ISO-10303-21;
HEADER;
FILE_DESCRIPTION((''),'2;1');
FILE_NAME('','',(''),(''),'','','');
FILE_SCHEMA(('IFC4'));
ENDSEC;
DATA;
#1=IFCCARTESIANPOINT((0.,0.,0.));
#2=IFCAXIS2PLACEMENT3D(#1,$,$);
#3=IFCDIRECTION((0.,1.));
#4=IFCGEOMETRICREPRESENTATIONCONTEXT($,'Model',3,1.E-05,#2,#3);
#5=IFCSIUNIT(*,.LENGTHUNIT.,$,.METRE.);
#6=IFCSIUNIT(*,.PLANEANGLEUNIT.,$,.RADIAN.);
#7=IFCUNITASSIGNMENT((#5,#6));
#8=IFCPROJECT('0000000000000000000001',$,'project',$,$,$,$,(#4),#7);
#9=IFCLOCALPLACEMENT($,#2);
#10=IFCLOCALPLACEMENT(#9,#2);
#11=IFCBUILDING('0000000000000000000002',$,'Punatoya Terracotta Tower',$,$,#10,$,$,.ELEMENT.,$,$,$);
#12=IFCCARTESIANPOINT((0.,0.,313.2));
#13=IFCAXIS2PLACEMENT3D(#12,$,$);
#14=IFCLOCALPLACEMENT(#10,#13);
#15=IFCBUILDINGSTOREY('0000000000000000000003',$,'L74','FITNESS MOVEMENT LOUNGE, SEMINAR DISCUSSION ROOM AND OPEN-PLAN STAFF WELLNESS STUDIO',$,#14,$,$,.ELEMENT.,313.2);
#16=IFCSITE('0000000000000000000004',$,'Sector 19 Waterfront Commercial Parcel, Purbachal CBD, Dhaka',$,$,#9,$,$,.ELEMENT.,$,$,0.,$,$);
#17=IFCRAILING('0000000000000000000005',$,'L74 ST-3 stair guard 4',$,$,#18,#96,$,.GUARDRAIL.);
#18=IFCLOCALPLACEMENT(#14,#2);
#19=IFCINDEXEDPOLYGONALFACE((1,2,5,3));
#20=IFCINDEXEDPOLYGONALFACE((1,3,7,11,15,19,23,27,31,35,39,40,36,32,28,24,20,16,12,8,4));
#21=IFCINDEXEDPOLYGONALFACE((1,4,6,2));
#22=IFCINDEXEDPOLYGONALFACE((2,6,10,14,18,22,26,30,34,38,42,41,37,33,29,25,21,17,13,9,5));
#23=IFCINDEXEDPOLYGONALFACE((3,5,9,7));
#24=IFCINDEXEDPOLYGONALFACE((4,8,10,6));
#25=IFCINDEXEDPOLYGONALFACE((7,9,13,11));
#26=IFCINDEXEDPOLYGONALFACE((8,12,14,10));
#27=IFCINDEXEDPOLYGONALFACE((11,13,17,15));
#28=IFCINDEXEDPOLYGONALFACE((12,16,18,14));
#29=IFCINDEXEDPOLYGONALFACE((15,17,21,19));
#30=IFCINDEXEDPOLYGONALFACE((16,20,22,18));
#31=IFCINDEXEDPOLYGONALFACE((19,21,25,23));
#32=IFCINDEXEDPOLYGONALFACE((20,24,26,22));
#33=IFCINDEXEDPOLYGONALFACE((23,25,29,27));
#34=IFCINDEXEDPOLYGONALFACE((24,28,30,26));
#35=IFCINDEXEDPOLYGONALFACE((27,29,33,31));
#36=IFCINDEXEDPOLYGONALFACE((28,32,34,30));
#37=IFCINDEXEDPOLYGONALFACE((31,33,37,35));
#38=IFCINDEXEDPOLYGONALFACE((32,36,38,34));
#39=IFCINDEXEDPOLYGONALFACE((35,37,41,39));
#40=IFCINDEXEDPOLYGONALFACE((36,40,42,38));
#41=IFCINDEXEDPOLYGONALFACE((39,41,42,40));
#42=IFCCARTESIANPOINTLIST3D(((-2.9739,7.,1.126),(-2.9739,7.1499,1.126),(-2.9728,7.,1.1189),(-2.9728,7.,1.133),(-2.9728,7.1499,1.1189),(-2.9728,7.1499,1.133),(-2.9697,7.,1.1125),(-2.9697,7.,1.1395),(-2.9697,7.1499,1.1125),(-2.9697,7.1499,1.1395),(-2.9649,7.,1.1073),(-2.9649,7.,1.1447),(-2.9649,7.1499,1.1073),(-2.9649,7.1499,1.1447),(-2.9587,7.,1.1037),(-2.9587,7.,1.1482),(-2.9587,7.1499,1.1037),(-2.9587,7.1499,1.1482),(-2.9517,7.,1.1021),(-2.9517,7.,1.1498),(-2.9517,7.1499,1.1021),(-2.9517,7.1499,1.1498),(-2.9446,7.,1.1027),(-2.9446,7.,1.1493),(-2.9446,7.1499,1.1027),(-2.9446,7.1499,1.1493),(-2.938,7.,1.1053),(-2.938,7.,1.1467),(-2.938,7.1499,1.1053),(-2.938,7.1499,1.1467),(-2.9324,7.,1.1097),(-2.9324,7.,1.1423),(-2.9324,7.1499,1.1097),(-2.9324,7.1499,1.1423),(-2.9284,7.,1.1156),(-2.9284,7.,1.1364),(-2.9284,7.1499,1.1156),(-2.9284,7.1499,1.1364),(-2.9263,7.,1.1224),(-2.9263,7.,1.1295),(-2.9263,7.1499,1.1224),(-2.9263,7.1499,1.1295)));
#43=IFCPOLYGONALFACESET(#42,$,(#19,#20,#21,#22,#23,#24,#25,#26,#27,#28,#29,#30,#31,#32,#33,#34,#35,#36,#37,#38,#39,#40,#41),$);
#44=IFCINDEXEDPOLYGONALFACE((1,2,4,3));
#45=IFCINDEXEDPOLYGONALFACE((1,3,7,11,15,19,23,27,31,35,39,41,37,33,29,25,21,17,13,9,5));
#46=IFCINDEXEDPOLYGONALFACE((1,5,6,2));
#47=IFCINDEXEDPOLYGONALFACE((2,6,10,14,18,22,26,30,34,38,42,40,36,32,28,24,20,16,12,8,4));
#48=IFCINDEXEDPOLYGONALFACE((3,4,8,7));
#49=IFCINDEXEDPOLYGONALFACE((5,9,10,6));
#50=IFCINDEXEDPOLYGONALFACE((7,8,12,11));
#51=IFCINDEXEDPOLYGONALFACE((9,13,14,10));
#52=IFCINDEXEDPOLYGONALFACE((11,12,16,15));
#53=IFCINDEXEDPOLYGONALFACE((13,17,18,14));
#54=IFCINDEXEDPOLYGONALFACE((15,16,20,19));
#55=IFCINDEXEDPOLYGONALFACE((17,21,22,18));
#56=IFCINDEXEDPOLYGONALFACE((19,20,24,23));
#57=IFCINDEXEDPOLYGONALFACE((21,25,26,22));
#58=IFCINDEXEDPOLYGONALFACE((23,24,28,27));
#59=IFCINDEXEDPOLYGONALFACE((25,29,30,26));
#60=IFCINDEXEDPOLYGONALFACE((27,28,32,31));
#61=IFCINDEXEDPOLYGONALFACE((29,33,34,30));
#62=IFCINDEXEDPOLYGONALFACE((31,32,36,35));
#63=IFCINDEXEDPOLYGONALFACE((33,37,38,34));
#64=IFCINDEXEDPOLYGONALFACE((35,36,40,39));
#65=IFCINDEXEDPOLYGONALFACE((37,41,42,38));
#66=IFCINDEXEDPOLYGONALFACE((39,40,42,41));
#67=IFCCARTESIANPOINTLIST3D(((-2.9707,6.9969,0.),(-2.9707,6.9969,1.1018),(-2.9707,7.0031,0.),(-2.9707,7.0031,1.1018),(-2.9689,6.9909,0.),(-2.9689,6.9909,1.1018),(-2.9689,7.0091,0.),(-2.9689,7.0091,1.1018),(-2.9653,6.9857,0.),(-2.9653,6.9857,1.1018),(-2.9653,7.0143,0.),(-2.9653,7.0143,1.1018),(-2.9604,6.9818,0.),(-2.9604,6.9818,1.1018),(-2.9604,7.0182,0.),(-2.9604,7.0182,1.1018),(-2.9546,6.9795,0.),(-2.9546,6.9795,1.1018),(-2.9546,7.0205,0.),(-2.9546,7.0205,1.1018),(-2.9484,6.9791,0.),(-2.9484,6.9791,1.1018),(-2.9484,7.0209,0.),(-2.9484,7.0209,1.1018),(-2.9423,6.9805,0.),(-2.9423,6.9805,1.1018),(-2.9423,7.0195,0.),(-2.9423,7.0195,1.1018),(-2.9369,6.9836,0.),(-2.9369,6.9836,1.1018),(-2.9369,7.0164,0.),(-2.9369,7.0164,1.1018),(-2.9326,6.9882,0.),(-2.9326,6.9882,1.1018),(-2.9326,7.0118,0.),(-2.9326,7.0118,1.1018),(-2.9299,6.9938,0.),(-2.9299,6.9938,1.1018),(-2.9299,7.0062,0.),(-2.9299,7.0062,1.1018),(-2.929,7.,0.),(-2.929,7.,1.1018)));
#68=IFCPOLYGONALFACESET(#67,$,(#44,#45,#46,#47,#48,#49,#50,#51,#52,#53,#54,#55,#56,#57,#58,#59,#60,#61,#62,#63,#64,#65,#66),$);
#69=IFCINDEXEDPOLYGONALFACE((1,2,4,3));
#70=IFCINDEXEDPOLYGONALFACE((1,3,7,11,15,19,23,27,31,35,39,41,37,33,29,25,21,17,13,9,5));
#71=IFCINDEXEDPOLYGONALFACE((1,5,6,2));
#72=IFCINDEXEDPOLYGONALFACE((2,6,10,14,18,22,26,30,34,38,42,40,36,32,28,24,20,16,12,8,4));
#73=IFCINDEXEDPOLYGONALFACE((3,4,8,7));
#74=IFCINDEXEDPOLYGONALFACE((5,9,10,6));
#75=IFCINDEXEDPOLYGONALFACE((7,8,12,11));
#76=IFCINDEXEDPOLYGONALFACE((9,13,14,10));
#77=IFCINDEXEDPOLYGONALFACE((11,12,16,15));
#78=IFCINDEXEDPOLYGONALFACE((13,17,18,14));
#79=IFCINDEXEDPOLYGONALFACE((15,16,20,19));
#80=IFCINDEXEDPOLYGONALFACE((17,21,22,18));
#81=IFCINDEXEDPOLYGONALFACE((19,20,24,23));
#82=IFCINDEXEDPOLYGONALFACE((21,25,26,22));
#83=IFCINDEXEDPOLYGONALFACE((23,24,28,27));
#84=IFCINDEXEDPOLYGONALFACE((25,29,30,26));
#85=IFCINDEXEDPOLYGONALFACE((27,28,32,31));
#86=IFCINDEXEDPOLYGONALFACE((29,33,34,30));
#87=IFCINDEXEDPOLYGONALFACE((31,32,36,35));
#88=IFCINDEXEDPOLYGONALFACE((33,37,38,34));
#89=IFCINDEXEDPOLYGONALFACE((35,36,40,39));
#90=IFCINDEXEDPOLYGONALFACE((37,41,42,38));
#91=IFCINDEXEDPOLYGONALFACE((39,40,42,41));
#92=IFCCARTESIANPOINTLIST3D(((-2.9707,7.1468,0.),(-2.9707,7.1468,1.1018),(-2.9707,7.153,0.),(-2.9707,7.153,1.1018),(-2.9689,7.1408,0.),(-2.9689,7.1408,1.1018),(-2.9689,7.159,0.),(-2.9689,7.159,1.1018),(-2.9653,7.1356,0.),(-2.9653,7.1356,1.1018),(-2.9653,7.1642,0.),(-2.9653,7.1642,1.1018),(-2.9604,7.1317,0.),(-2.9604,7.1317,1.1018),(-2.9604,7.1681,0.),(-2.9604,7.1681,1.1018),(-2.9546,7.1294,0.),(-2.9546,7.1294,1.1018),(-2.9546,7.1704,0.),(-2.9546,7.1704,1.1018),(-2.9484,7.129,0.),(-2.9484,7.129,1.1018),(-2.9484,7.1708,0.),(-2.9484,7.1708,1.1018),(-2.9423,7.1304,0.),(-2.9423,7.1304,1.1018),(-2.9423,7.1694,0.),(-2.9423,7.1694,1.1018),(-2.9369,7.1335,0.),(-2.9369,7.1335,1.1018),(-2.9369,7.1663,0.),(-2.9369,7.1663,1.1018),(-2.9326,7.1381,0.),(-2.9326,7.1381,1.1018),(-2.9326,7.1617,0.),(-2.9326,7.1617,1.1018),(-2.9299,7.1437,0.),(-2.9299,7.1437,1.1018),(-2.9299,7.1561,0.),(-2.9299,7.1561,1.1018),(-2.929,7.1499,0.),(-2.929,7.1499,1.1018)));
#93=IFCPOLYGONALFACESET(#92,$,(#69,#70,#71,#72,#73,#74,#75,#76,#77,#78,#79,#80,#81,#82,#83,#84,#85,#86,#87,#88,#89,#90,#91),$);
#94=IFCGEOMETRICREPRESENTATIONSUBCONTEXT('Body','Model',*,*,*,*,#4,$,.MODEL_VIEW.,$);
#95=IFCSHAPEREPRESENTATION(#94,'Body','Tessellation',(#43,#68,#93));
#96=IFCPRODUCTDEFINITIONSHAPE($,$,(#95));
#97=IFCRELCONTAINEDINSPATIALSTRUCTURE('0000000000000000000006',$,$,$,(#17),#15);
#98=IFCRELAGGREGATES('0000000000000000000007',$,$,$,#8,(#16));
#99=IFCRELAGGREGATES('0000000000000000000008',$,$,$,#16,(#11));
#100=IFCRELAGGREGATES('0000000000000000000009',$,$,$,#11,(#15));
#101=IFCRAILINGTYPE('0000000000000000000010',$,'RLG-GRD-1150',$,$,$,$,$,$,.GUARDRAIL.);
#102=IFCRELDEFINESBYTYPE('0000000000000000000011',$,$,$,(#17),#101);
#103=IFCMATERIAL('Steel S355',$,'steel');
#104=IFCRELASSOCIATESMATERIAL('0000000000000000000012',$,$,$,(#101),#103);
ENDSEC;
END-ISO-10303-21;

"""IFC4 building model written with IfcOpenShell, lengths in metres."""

from ifc_helpers import new_model, si_unit, direction, frame, origin, origin_2d, place, context, subcontext, project, spatial, circle, extrude, material, type_object, element, save


model = new_model("IFC4")

# Units and contexts
model_context = context("Model", 3, precision=1e-05, world=origin(), true_north=direction((0.0, 1.0)))
body_context = subcontext(model_context, "Body", "Model", "MODEL_VIEW")
ifc_project = project(units=[si_unit("LENGTHUNIT", "METRE"), si_unit("PLANEANGLEUNIT", "RADIAN")], contexts=[model_context])

# Site, building, storey
site_placement = place(None, origin())
site = spatial("IfcSite", under=ifc_project, at=site_placement, Name="Sector 19 Waterfront Commercial Parcel, Purbachal CBD, Dhaka", CompositionType="ELEMENT", RefElevation=0.0)
building_placement = place(site_placement, origin())
building = spatial("IfcBuilding", under=site, at=building_placement, Name="Punatoya Terracotta Tower", CompositionType="ELEMENT")
storey_placement = place(building_placement, frame((0.0, 0.0, 313.2)))
storey = spatial("IfcBuildingStorey", under=building, at=storey_placement, Name="L74", Description="FITNESS MOVEMENT LOUNGE, SEMINAR DISCUSSION ROOM AND OPEN-PLAN STAFF WELLNESS STUDIO", CompositionType="ELEMENT", Elevation=313.2)

# Shared definitions
ifc_material_1 = material(Name="Steel S355", Category="steel")

# Railing
railing_type_1 = type_object("IfcRailingType", Name="RLG-GRD-1150", PredefinedType="GUARDRAIL", material=ifc_material_1)
railing_1_placement = place(storey_placement, frame((-2.95, 7.0, 0.0)))
element("IfcRailing", 1, at=railing_1_placement, inside=storey, type_object=railing_type_1, Name="L74 ST-3 stair guard 4", PredefinedType="GUARDRAIL", context=body_context, shape_type="SweptSolid", body=[
    extrude(circle(Radius=0.0239, at=origin_2d()), frame((0.0, 0.0, 1.126), z_axis=(0.0, 1.0, 0.0), x_axis=(-1.0, 0.0, 0.0)), (0.0, 0.0, 1.0), 0.1499),
    extrude(circle(Radius=0.021, at=origin_2d()), origin(), (0.0, 0.0, 1.0), 1.1018),
    extrude(circle(Radius=0.021, at=origin_2d()), frame((0.0, 0.1499, 0.0)), (0.0, 0.0, 1.0), 1.1018),
])

save(model, "model.ifc")
